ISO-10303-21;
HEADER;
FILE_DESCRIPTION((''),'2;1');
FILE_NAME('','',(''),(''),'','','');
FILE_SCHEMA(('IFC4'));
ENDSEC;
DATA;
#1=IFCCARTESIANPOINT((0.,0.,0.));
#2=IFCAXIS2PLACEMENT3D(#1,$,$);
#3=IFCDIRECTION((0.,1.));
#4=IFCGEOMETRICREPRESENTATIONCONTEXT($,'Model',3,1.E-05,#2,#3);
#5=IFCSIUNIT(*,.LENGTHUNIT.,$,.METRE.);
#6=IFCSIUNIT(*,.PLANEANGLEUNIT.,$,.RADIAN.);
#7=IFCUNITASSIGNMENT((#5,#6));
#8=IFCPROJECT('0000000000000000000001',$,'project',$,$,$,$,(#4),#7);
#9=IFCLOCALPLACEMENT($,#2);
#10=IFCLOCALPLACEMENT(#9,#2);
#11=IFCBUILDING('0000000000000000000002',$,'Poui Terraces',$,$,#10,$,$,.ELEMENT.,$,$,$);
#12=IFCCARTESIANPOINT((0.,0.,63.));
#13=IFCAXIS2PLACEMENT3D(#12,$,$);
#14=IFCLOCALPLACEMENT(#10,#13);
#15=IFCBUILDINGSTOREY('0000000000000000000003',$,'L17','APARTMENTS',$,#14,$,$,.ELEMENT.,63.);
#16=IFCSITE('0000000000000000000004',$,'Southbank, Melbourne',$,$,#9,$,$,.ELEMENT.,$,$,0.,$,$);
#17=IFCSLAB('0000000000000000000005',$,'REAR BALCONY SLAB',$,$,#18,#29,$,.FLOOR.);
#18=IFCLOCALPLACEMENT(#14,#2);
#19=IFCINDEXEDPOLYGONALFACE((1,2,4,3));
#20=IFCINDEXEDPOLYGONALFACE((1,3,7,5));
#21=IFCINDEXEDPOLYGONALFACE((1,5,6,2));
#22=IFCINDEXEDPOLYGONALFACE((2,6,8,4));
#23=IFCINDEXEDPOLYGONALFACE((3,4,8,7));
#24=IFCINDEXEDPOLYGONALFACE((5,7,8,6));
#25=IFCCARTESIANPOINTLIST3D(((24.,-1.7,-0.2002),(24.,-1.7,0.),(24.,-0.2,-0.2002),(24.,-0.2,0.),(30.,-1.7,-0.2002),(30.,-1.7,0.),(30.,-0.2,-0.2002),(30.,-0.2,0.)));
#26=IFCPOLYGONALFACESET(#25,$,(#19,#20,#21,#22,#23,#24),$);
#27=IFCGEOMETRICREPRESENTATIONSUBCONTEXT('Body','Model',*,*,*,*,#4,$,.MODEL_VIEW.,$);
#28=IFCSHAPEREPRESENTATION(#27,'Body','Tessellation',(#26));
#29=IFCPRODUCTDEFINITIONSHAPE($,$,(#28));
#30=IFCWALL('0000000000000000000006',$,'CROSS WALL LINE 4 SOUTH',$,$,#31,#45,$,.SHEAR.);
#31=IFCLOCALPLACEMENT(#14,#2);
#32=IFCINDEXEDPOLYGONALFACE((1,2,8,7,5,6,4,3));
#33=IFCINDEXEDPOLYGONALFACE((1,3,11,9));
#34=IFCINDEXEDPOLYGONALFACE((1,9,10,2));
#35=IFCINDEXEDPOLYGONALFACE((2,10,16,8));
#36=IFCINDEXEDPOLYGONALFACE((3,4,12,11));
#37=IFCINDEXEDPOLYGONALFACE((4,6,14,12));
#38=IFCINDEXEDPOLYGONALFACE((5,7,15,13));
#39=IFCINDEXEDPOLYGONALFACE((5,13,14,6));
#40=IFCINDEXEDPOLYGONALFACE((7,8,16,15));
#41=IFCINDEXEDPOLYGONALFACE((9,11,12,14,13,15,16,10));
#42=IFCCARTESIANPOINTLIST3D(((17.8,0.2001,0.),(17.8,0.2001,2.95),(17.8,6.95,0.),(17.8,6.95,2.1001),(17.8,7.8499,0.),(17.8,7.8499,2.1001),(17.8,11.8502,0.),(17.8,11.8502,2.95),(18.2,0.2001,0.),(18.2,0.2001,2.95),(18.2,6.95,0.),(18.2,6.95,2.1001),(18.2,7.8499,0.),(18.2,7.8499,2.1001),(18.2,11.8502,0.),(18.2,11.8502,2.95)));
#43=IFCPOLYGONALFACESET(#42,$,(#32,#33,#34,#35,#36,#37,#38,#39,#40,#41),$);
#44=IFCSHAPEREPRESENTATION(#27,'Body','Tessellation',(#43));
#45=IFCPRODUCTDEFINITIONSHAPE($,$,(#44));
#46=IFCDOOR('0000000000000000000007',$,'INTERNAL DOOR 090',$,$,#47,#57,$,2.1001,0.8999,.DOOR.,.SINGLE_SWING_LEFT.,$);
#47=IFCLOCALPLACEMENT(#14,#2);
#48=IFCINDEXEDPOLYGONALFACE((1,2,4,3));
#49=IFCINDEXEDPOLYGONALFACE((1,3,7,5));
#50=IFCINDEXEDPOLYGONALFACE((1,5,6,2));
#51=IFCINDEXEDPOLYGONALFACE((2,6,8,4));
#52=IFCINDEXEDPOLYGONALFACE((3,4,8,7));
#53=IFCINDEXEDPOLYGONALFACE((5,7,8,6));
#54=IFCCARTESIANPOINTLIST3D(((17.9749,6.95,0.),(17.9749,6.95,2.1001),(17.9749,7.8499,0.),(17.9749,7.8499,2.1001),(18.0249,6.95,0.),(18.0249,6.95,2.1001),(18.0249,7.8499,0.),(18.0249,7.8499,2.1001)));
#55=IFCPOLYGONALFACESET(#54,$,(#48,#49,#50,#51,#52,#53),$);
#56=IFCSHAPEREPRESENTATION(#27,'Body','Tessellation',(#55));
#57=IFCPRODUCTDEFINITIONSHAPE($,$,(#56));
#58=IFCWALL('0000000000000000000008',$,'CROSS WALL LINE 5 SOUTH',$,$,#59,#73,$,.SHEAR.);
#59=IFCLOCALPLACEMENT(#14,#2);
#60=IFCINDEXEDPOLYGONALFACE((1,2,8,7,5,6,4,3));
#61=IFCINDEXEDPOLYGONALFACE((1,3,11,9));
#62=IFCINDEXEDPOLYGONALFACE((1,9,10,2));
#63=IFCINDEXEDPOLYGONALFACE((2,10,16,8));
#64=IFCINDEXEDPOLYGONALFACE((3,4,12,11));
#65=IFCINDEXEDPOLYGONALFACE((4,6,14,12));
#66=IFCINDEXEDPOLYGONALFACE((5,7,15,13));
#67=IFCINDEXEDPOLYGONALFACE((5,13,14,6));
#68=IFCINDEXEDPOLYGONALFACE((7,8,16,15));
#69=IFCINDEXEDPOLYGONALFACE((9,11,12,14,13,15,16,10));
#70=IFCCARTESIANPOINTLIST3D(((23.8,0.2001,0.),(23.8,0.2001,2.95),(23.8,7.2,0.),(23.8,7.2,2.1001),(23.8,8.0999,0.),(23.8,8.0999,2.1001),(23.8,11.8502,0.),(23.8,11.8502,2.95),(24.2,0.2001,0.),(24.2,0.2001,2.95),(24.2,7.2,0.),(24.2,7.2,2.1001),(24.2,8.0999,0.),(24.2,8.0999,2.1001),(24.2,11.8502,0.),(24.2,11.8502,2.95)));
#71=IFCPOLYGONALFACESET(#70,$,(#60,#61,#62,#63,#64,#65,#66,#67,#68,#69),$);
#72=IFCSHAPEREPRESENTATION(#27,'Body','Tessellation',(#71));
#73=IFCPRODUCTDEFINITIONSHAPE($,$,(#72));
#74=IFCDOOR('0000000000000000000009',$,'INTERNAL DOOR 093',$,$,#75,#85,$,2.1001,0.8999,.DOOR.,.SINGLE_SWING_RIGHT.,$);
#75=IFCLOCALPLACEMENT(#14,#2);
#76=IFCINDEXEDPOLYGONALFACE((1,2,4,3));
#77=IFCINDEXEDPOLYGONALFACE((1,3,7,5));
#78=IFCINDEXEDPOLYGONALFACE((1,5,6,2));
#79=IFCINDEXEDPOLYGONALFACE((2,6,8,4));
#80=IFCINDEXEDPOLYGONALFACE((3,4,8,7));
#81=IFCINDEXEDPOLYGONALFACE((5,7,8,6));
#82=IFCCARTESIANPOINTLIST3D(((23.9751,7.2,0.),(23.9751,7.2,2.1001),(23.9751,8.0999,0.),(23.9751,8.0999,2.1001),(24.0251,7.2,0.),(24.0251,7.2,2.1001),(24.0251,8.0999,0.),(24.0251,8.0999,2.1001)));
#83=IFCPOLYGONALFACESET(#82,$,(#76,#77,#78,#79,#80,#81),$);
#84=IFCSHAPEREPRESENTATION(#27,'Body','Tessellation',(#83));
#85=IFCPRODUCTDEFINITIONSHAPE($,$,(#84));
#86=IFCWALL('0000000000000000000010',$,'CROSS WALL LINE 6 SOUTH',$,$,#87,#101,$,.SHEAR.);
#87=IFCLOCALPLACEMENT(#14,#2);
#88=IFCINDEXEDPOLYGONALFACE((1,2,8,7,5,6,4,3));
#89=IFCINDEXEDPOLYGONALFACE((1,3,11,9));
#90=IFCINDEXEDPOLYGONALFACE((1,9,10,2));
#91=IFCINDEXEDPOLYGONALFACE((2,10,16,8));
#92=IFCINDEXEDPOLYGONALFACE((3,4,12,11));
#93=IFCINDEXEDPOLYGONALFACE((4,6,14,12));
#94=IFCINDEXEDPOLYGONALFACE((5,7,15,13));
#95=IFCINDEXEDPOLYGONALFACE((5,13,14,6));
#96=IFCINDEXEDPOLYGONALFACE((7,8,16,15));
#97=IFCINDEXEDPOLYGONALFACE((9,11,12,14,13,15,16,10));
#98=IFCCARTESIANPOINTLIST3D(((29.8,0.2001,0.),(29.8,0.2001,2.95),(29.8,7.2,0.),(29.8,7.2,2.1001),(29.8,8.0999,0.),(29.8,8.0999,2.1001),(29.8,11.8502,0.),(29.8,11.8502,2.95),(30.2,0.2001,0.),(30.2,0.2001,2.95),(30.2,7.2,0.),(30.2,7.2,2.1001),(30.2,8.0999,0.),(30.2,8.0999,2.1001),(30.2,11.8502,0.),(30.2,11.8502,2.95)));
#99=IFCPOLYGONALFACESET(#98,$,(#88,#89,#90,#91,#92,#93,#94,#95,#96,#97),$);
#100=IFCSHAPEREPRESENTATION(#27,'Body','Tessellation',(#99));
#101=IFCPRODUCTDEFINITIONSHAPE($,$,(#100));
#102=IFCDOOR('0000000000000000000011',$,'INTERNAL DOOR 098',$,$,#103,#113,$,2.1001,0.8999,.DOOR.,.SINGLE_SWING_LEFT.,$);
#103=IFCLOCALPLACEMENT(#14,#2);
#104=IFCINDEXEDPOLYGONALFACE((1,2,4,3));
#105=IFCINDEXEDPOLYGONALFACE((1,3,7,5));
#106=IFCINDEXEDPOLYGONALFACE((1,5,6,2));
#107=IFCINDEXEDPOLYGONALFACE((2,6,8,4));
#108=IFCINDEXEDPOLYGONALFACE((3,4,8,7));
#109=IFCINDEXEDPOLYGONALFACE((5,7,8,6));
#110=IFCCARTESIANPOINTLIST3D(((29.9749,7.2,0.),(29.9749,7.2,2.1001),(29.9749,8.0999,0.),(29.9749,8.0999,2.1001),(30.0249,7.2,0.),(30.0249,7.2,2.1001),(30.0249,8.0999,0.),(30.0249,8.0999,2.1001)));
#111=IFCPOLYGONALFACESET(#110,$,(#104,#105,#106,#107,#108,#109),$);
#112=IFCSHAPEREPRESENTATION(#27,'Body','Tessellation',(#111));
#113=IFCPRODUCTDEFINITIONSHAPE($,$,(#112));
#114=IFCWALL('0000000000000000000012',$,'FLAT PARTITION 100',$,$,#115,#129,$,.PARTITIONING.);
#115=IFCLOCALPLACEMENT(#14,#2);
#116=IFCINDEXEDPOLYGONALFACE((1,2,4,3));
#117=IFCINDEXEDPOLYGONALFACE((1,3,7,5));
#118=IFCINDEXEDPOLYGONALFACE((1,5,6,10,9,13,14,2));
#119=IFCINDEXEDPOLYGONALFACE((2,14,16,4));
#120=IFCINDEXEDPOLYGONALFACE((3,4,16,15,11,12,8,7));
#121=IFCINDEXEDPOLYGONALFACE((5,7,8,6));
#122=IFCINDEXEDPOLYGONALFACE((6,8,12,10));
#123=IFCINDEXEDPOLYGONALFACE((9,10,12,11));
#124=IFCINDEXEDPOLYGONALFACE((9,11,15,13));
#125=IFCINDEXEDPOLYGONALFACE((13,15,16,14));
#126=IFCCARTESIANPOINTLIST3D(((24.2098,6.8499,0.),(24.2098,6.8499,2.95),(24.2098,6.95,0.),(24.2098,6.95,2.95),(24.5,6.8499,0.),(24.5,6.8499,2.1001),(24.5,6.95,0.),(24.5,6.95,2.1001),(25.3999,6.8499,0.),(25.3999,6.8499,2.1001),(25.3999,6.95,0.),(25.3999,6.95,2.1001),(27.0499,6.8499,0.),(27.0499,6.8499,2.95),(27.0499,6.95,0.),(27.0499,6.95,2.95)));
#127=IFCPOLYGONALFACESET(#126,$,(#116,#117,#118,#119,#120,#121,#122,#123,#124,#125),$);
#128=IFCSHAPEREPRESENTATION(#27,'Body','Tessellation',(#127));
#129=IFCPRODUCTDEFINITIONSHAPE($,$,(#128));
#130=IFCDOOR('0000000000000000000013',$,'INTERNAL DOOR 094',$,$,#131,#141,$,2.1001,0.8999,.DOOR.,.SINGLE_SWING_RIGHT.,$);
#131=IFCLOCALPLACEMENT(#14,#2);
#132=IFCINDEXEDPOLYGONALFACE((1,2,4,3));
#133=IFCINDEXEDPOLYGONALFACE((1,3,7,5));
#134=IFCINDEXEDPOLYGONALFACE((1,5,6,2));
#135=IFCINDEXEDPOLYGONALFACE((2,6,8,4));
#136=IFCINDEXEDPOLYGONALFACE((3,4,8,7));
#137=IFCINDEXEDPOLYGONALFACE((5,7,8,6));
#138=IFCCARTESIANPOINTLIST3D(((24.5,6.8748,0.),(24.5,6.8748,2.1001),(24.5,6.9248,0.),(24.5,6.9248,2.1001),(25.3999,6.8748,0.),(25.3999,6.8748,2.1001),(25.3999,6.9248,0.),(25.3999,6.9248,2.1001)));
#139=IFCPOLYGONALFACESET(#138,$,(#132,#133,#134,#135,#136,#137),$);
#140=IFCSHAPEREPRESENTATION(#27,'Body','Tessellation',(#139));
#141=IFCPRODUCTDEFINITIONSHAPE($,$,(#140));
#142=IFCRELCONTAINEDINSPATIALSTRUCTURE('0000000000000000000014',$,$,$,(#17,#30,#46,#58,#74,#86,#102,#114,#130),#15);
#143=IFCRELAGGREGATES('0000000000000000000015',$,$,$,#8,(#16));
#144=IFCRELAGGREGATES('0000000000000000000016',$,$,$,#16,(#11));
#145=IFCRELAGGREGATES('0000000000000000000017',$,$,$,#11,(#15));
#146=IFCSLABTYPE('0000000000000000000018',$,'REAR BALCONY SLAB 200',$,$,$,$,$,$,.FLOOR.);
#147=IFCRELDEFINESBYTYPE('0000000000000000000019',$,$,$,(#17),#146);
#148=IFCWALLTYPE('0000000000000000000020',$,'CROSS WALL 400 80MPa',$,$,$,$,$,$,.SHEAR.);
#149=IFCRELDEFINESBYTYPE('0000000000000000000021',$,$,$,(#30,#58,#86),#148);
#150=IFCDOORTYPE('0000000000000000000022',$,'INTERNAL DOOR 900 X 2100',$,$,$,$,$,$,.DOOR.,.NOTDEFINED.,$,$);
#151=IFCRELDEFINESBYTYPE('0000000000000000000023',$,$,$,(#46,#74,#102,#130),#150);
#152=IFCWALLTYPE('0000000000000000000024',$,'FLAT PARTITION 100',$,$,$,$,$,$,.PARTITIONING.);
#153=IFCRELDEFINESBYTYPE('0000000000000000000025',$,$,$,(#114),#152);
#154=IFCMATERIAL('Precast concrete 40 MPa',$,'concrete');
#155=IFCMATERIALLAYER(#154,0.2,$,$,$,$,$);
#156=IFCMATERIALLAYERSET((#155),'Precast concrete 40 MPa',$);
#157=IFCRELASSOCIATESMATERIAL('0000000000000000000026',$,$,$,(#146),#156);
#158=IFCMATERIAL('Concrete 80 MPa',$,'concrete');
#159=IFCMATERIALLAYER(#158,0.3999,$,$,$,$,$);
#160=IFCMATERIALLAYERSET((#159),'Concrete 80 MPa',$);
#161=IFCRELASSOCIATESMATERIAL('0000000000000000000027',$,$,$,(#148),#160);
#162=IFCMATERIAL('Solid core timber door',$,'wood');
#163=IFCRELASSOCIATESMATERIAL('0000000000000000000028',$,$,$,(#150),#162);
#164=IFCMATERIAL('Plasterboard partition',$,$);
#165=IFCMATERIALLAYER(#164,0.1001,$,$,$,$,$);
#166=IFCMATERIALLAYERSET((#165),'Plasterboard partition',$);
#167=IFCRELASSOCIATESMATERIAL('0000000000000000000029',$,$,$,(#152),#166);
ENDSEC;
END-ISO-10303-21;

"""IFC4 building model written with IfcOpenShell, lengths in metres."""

from ifc_helpers import new_model, si_unit, direction, frame, frame_2d, origin, place, context, subcontext, project, spatial, polyline, rectangle, outline, extrude, source, transform, mapped, material, layer, layer_set, type_object, element, fill, save


model = new_model("IFC4")

# Units and contexts
model_context = context("Model", 3, precision=1e-05, world=origin(), true_north=direction((0.0, 1.0)))
body_context = subcontext(model_context, "Body", "Model", "MODEL_VIEW")
ifc_project = project(units=[si_unit("LENGTHUNIT", "METRE"), si_unit("PLANEANGLEUNIT", "RADIAN")], contexts=[model_context])

# Site, building, storey
site_placement = place(None, origin())
site = spatial("IfcSite", under=ifc_project, at=site_placement, Name="Southbank, Melbourne", CompositionType="ELEMENT", RefElevation=0.0)
building_placement = place(site_placement, origin())
building = spatial("IfcBuilding", under=site, at=building_placement, Name="Poui Terraces", CompositionType="ELEMENT")
storey_placement = place(building_placement, frame((0.0, 0.0, 63.0)))
storey = spatial("IfcBuildingStorey", under=building, at=storey_placement, Name="L17", Description="APARTMENTS", CompositionType="ELEMENT", Elevation=63.0)

# Slab
ifc_material_1 = material(Name="Precast concrete 40 MPa", Category="concrete")
ifc_layer_1 = layer(ifc_material_1, 0.2)
ifc_layer_set_1 = layer_set([ifc_layer_1], Name="Precast concrete 40 MPa")
slab_type = type_object("IfcSlabType", Name="REAR BALCONY SLAB 200", PredefinedType="FLOOR", material=ifc_layer_set_1)
shared_shape_1 = source(origin(), body_context, "Body", "SweptSolid", [
    extrude(outline(polyline([(0.0, 0.0), (6.0, 0.0), (6.0, 1.5), (0.0, 1.5), (0.0, 0.0)])), origin(), (0.0, 0.0, 1.0), 0.2002),
])
slab_placement = place(storey_placement, frame((24.0, -1.7, -0.2002)))
element("IfcSlab", 1, at=slab_placement, inside=storey, type_object=slab_type, Name="REAR BALCONY SLAB", PredefinedType="FLOOR", context=body_context, shape_type="MappedRepresentation", body=[
    mapped(shared_shape_1, transform((0.0, 0.0, 0.0))),
])

# Walls, openings, doors
ifc_material_2 = material(Name="Concrete 80 MPa", Category="concrete")
ifc_layer_2 = layer(ifc_material_2, 0.3999)
ifc_layer_set_2 = layer_set([ifc_layer_2], Name="Concrete 80 MPa")
wall_type_1 = type_object("IfcWallType", Name="CROSS WALL 400 80MPa", PredefinedType="SHEAR", material=ifc_layer_set_2)
wall_1_placement = place(storey_placement, frame((18.0, 0.2, 0.0), z_axis=(0.0, 0.0, 1.0), x_axis=(0.0, 1.0, 0.0)))
wall_1 = element("IfcWall", 2, at=wall_1_placement, inside=storey, type_object=wall_type_1, Name="CROSS WALL LINE 4 SOUTH", PredefinedType="SHEAR", context=body_context, shape_type="SweptSolid", body=[
    extrude(rectangle(XDim=11.6501, YDim=0.3999, at=frame_2d((5.8252, 0.0))), origin(), (0.0, 0.0, 1.0), 2.95),
])
opening_1_placement = place(wall_1_placement, frame((6.75, 0.0, 0.0)))
opening_1 = element("IfcOpeningElement", 3, at=opening_1_placement, cuts=wall_1, PredefinedType="OPENING", context=body_context, shape_type="SweptSolid", body=[
    extrude(rectangle(XDim=0.8999, YDim=2.1001, at=frame_2d((0.45, 1.05))), frame((0.0, 0.21, 0.0), z_axis=(0.0, -1.0, 0.0), x_axis=(1.0, 0.0, 0.0)), (0.0, 0.0, 1.0), 0.4199),
])
ifc_material_3 = material(Name="Solid core timber door", Category="wood")
door_type_1 = type_object("IfcDoorType", Name="INTERNAL DOOR 900 X 2100", OperationType="NOTDEFINED", PredefinedType="DOOR", material=ifc_material_3)
door_1_placement = place(opening_1_placement, frame((0.8999, 0.0, 0.0), z_axis=(0.0, 0.0, 1.0), x_axis=(-1.0, 0.0, 0.0)))
door_1 = element("IfcDoor", 4, at=door_1_placement, inside=storey, type_object=door_type_1, Name="INTERNAL DOOR 090", OperationType="SINGLE_SWING_LEFT", OverallHeight=2.1001, OverallWidth=0.8999, PredefinedType="DOOR", context=body_context, shape_type="SweptSolid", body=[
    extrude(rectangle(XDim=0.8999, YDim=2.1001, at=frame_2d((0.45, 1.05))), frame((0.0, 0.0249, 0.0), z_axis=(0.0, -1.0, 0.0), x_axis=(1.0, 0.0, 0.0)), (0.0, 0.0, 1.0), 0.05),
])
fill(opening_1, door_1)
wall_2_placement = place(storey_placement, frame((24.0, 0.2, 0.0), z_axis=(0.0, 0.0, 1.0), x_axis=(0.0, 1.0, 0.0)))
wall_2 = element("IfcWall", 5, at=wall_2_placement, inside=storey, type_object=wall_type_1, Name="CROSS WALL LINE 5 SOUTH", PredefinedType="SHEAR", context=body_context, shape_type="SweptSolid", body=[
    extrude(rectangle(XDim=11.6501, YDim=0.3999, at=frame_2d((5.8252, 0.0))), origin(), (0.0, 0.0, 1.0), 2.95),
])
opening_2_placement = place(wall_2_placement, frame((7.0, 0.0, 0.0)))
opening_2 = element("IfcOpeningElement", 6, at=opening_2_placement, cuts=wall_2, PredefinedType="OPENING", context=body_context, shape_type="SweptSolid", body=[
    extrude(rectangle(XDim=0.8999, YDim=2.1001, at=frame_2d((0.45, 1.05))), frame((0.0, 0.21, 0.0), z_axis=(0.0, -1.0, 0.0), x_axis=(1.0, 0.0, 0.0)), (0.0, 0.0, 1.0), 0.4199),
])
door_2_placement = place(opening_2_placement, origin())
door_2 = element("IfcDoor", 7, at=door_2_placement, inside=storey, type_object=door_type_1, Name="INTERNAL DOOR 093", OperationType="SINGLE_SWING_RIGHT", OverallHeight=2.1001, OverallWidth=0.8999, PredefinedType="DOOR", context=body_context, shape_type="SweptSolid", body=[
    extrude(rectangle(XDim=0.8999, YDim=2.1001, at=frame_2d((0.45, 1.05))), frame((0.0, 0.0249, 0.0), z_axis=(0.0, -1.0, 0.0), x_axis=(1.0, 0.0, 0.0)), (0.0, 0.0, 1.0), 0.05),
])
fill(opening_2, door_2)
wall_3_placement = place(storey_placement, frame((30.0, 0.2, 0.0), z_axis=(0.0, 0.0, 1.0), x_axis=(0.0, 1.0, 0.0)))
wall_3 = element("IfcWall", 8, at=wall_3_placement, inside=storey, type_object=wall_type_1, Name="CROSS WALL LINE 6 SOUTH", PredefinedType="SHEAR", context=body_context, shape_type="SweptSolid", body=[
    extrude(rectangle(XDim=11.6501, YDim=0.3999, at=frame_2d((5.8252, 0.0))), origin(), (0.0, 0.0, 1.0), 2.95),
])
opening_3_placement = place(wall_3_placement, frame((7.0, 0.0, 0.0)))
opening_3 = element("IfcOpeningElement", 9, at=opening_3_placement, cuts=wall_3, PredefinedType="OPENING", context=body_context, shape_type="SweptSolid", body=[
    extrude(rectangle(XDim=0.8999, YDim=2.1001, at=frame_2d((0.45, 1.05))), frame((0.0, 0.21, 0.0), z_axis=(0.0, -1.0, 0.0), x_axis=(1.0, 0.0, 0.0)), (0.0, 0.0, 1.0), 0.4199),
])
door_3_placement = place(opening_3_placement, frame((0.8999, 0.0, 0.0), z_axis=(0.0, 0.0, 1.0), x_axis=(-1.0, 0.0, 0.0)))
door_3 = element("IfcDoor", 10, at=door_3_placement, inside=storey, type_object=door_type_1, Name="INTERNAL DOOR 098", OperationType="SINGLE_SWING_LEFT", OverallHeight=2.1001, OverallWidth=0.8999, PredefinedType="DOOR", context=body_context, shape_type="SweptSolid", body=[
    extrude(rectangle(XDim=0.8999, YDim=2.1001, at=frame_2d((0.45, 1.05))), frame((0.0, 0.0249, 0.0), z_axis=(0.0, -1.0, 0.0), x_axis=(1.0, 0.0, 0.0)), (0.0, 0.0, 1.0), 0.05),
])
fill(opening_3, door_3)
ifc_material_4 = material(Name="Plasterboard partition")
ifc_layer_3 = layer(ifc_material_4, 0.1001)
ifc_layer_set_3 = layer_set([ifc_layer_3], Name="Plasterboard partition")
wall_type_2 = type_object("IfcWallType", Name="FLAT PARTITION 100", PredefinedType="PARTITIONING", material=ifc_layer_set_3)
wall_4_placement = place(storey_placement, frame((24.21, 6.8999, 0.0), z_axis=(0.0, 0.0, 1.0), x_axis=(1.0, 0.0, 0.0)))
wall_4 = element("IfcWall", 11, at=wall_4_placement, inside=storey, type_object=wall_type_2, Name="FLAT PARTITION 100", PredefinedType="PARTITIONING", context=body_context, shape_type="SweptSolid", body=[
    extrude(rectangle(XDim=2.8401, YDim=0.1001, at=frame_2d((1.4199, 0.0))), origin(), (0.0, 0.0, 1.0), 2.95),
])
opening_4_placement = place(wall_4_placement, frame((0.29, 0.0, 0.0)))
opening_4 = element("IfcOpeningElement", 12, at=opening_4_placement, cuts=wall_4, PredefinedType="OPENING", context=body_context, shape_type="SweptSolid", body=[
    extrude(rectangle(XDim=0.8999, YDim=2.1001, at=frame_2d((0.45, 1.05))), frame((0.0, 0.0601, 0.0), z_axis=(0.0, -1.0, 0.0), x_axis=(1.0, 0.0, 0.0)), (0.0, 0.0, 1.0), 0.1201),
])
door_4_placement = place(opening_4_placement, origin())
door_4 = element("IfcDoor", 13, at=door_4_placement, inside=storey, type_object=door_type_1, Name="INTERNAL DOOR 094", OperationType="SINGLE_SWING_RIGHT", OverallHeight=2.1001, OverallWidth=0.8999, PredefinedType="DOOR", context=body_context, shape_type="SweptSolid", body=[
    extrude(rectangle(XDim=0.8999, YDim=2.1001, at=frame_2d((0.45, 1.05))), frame((0.0, 0.0249, 0.0), z_axis=(0.0, -1.0, 0.0), x_axis=(1.0, 0.0, 0.0)), (0.0, 0.0, 1.0), 0.05),
])
fill(opening_4, door_4)

save(model, "model.ifc")
